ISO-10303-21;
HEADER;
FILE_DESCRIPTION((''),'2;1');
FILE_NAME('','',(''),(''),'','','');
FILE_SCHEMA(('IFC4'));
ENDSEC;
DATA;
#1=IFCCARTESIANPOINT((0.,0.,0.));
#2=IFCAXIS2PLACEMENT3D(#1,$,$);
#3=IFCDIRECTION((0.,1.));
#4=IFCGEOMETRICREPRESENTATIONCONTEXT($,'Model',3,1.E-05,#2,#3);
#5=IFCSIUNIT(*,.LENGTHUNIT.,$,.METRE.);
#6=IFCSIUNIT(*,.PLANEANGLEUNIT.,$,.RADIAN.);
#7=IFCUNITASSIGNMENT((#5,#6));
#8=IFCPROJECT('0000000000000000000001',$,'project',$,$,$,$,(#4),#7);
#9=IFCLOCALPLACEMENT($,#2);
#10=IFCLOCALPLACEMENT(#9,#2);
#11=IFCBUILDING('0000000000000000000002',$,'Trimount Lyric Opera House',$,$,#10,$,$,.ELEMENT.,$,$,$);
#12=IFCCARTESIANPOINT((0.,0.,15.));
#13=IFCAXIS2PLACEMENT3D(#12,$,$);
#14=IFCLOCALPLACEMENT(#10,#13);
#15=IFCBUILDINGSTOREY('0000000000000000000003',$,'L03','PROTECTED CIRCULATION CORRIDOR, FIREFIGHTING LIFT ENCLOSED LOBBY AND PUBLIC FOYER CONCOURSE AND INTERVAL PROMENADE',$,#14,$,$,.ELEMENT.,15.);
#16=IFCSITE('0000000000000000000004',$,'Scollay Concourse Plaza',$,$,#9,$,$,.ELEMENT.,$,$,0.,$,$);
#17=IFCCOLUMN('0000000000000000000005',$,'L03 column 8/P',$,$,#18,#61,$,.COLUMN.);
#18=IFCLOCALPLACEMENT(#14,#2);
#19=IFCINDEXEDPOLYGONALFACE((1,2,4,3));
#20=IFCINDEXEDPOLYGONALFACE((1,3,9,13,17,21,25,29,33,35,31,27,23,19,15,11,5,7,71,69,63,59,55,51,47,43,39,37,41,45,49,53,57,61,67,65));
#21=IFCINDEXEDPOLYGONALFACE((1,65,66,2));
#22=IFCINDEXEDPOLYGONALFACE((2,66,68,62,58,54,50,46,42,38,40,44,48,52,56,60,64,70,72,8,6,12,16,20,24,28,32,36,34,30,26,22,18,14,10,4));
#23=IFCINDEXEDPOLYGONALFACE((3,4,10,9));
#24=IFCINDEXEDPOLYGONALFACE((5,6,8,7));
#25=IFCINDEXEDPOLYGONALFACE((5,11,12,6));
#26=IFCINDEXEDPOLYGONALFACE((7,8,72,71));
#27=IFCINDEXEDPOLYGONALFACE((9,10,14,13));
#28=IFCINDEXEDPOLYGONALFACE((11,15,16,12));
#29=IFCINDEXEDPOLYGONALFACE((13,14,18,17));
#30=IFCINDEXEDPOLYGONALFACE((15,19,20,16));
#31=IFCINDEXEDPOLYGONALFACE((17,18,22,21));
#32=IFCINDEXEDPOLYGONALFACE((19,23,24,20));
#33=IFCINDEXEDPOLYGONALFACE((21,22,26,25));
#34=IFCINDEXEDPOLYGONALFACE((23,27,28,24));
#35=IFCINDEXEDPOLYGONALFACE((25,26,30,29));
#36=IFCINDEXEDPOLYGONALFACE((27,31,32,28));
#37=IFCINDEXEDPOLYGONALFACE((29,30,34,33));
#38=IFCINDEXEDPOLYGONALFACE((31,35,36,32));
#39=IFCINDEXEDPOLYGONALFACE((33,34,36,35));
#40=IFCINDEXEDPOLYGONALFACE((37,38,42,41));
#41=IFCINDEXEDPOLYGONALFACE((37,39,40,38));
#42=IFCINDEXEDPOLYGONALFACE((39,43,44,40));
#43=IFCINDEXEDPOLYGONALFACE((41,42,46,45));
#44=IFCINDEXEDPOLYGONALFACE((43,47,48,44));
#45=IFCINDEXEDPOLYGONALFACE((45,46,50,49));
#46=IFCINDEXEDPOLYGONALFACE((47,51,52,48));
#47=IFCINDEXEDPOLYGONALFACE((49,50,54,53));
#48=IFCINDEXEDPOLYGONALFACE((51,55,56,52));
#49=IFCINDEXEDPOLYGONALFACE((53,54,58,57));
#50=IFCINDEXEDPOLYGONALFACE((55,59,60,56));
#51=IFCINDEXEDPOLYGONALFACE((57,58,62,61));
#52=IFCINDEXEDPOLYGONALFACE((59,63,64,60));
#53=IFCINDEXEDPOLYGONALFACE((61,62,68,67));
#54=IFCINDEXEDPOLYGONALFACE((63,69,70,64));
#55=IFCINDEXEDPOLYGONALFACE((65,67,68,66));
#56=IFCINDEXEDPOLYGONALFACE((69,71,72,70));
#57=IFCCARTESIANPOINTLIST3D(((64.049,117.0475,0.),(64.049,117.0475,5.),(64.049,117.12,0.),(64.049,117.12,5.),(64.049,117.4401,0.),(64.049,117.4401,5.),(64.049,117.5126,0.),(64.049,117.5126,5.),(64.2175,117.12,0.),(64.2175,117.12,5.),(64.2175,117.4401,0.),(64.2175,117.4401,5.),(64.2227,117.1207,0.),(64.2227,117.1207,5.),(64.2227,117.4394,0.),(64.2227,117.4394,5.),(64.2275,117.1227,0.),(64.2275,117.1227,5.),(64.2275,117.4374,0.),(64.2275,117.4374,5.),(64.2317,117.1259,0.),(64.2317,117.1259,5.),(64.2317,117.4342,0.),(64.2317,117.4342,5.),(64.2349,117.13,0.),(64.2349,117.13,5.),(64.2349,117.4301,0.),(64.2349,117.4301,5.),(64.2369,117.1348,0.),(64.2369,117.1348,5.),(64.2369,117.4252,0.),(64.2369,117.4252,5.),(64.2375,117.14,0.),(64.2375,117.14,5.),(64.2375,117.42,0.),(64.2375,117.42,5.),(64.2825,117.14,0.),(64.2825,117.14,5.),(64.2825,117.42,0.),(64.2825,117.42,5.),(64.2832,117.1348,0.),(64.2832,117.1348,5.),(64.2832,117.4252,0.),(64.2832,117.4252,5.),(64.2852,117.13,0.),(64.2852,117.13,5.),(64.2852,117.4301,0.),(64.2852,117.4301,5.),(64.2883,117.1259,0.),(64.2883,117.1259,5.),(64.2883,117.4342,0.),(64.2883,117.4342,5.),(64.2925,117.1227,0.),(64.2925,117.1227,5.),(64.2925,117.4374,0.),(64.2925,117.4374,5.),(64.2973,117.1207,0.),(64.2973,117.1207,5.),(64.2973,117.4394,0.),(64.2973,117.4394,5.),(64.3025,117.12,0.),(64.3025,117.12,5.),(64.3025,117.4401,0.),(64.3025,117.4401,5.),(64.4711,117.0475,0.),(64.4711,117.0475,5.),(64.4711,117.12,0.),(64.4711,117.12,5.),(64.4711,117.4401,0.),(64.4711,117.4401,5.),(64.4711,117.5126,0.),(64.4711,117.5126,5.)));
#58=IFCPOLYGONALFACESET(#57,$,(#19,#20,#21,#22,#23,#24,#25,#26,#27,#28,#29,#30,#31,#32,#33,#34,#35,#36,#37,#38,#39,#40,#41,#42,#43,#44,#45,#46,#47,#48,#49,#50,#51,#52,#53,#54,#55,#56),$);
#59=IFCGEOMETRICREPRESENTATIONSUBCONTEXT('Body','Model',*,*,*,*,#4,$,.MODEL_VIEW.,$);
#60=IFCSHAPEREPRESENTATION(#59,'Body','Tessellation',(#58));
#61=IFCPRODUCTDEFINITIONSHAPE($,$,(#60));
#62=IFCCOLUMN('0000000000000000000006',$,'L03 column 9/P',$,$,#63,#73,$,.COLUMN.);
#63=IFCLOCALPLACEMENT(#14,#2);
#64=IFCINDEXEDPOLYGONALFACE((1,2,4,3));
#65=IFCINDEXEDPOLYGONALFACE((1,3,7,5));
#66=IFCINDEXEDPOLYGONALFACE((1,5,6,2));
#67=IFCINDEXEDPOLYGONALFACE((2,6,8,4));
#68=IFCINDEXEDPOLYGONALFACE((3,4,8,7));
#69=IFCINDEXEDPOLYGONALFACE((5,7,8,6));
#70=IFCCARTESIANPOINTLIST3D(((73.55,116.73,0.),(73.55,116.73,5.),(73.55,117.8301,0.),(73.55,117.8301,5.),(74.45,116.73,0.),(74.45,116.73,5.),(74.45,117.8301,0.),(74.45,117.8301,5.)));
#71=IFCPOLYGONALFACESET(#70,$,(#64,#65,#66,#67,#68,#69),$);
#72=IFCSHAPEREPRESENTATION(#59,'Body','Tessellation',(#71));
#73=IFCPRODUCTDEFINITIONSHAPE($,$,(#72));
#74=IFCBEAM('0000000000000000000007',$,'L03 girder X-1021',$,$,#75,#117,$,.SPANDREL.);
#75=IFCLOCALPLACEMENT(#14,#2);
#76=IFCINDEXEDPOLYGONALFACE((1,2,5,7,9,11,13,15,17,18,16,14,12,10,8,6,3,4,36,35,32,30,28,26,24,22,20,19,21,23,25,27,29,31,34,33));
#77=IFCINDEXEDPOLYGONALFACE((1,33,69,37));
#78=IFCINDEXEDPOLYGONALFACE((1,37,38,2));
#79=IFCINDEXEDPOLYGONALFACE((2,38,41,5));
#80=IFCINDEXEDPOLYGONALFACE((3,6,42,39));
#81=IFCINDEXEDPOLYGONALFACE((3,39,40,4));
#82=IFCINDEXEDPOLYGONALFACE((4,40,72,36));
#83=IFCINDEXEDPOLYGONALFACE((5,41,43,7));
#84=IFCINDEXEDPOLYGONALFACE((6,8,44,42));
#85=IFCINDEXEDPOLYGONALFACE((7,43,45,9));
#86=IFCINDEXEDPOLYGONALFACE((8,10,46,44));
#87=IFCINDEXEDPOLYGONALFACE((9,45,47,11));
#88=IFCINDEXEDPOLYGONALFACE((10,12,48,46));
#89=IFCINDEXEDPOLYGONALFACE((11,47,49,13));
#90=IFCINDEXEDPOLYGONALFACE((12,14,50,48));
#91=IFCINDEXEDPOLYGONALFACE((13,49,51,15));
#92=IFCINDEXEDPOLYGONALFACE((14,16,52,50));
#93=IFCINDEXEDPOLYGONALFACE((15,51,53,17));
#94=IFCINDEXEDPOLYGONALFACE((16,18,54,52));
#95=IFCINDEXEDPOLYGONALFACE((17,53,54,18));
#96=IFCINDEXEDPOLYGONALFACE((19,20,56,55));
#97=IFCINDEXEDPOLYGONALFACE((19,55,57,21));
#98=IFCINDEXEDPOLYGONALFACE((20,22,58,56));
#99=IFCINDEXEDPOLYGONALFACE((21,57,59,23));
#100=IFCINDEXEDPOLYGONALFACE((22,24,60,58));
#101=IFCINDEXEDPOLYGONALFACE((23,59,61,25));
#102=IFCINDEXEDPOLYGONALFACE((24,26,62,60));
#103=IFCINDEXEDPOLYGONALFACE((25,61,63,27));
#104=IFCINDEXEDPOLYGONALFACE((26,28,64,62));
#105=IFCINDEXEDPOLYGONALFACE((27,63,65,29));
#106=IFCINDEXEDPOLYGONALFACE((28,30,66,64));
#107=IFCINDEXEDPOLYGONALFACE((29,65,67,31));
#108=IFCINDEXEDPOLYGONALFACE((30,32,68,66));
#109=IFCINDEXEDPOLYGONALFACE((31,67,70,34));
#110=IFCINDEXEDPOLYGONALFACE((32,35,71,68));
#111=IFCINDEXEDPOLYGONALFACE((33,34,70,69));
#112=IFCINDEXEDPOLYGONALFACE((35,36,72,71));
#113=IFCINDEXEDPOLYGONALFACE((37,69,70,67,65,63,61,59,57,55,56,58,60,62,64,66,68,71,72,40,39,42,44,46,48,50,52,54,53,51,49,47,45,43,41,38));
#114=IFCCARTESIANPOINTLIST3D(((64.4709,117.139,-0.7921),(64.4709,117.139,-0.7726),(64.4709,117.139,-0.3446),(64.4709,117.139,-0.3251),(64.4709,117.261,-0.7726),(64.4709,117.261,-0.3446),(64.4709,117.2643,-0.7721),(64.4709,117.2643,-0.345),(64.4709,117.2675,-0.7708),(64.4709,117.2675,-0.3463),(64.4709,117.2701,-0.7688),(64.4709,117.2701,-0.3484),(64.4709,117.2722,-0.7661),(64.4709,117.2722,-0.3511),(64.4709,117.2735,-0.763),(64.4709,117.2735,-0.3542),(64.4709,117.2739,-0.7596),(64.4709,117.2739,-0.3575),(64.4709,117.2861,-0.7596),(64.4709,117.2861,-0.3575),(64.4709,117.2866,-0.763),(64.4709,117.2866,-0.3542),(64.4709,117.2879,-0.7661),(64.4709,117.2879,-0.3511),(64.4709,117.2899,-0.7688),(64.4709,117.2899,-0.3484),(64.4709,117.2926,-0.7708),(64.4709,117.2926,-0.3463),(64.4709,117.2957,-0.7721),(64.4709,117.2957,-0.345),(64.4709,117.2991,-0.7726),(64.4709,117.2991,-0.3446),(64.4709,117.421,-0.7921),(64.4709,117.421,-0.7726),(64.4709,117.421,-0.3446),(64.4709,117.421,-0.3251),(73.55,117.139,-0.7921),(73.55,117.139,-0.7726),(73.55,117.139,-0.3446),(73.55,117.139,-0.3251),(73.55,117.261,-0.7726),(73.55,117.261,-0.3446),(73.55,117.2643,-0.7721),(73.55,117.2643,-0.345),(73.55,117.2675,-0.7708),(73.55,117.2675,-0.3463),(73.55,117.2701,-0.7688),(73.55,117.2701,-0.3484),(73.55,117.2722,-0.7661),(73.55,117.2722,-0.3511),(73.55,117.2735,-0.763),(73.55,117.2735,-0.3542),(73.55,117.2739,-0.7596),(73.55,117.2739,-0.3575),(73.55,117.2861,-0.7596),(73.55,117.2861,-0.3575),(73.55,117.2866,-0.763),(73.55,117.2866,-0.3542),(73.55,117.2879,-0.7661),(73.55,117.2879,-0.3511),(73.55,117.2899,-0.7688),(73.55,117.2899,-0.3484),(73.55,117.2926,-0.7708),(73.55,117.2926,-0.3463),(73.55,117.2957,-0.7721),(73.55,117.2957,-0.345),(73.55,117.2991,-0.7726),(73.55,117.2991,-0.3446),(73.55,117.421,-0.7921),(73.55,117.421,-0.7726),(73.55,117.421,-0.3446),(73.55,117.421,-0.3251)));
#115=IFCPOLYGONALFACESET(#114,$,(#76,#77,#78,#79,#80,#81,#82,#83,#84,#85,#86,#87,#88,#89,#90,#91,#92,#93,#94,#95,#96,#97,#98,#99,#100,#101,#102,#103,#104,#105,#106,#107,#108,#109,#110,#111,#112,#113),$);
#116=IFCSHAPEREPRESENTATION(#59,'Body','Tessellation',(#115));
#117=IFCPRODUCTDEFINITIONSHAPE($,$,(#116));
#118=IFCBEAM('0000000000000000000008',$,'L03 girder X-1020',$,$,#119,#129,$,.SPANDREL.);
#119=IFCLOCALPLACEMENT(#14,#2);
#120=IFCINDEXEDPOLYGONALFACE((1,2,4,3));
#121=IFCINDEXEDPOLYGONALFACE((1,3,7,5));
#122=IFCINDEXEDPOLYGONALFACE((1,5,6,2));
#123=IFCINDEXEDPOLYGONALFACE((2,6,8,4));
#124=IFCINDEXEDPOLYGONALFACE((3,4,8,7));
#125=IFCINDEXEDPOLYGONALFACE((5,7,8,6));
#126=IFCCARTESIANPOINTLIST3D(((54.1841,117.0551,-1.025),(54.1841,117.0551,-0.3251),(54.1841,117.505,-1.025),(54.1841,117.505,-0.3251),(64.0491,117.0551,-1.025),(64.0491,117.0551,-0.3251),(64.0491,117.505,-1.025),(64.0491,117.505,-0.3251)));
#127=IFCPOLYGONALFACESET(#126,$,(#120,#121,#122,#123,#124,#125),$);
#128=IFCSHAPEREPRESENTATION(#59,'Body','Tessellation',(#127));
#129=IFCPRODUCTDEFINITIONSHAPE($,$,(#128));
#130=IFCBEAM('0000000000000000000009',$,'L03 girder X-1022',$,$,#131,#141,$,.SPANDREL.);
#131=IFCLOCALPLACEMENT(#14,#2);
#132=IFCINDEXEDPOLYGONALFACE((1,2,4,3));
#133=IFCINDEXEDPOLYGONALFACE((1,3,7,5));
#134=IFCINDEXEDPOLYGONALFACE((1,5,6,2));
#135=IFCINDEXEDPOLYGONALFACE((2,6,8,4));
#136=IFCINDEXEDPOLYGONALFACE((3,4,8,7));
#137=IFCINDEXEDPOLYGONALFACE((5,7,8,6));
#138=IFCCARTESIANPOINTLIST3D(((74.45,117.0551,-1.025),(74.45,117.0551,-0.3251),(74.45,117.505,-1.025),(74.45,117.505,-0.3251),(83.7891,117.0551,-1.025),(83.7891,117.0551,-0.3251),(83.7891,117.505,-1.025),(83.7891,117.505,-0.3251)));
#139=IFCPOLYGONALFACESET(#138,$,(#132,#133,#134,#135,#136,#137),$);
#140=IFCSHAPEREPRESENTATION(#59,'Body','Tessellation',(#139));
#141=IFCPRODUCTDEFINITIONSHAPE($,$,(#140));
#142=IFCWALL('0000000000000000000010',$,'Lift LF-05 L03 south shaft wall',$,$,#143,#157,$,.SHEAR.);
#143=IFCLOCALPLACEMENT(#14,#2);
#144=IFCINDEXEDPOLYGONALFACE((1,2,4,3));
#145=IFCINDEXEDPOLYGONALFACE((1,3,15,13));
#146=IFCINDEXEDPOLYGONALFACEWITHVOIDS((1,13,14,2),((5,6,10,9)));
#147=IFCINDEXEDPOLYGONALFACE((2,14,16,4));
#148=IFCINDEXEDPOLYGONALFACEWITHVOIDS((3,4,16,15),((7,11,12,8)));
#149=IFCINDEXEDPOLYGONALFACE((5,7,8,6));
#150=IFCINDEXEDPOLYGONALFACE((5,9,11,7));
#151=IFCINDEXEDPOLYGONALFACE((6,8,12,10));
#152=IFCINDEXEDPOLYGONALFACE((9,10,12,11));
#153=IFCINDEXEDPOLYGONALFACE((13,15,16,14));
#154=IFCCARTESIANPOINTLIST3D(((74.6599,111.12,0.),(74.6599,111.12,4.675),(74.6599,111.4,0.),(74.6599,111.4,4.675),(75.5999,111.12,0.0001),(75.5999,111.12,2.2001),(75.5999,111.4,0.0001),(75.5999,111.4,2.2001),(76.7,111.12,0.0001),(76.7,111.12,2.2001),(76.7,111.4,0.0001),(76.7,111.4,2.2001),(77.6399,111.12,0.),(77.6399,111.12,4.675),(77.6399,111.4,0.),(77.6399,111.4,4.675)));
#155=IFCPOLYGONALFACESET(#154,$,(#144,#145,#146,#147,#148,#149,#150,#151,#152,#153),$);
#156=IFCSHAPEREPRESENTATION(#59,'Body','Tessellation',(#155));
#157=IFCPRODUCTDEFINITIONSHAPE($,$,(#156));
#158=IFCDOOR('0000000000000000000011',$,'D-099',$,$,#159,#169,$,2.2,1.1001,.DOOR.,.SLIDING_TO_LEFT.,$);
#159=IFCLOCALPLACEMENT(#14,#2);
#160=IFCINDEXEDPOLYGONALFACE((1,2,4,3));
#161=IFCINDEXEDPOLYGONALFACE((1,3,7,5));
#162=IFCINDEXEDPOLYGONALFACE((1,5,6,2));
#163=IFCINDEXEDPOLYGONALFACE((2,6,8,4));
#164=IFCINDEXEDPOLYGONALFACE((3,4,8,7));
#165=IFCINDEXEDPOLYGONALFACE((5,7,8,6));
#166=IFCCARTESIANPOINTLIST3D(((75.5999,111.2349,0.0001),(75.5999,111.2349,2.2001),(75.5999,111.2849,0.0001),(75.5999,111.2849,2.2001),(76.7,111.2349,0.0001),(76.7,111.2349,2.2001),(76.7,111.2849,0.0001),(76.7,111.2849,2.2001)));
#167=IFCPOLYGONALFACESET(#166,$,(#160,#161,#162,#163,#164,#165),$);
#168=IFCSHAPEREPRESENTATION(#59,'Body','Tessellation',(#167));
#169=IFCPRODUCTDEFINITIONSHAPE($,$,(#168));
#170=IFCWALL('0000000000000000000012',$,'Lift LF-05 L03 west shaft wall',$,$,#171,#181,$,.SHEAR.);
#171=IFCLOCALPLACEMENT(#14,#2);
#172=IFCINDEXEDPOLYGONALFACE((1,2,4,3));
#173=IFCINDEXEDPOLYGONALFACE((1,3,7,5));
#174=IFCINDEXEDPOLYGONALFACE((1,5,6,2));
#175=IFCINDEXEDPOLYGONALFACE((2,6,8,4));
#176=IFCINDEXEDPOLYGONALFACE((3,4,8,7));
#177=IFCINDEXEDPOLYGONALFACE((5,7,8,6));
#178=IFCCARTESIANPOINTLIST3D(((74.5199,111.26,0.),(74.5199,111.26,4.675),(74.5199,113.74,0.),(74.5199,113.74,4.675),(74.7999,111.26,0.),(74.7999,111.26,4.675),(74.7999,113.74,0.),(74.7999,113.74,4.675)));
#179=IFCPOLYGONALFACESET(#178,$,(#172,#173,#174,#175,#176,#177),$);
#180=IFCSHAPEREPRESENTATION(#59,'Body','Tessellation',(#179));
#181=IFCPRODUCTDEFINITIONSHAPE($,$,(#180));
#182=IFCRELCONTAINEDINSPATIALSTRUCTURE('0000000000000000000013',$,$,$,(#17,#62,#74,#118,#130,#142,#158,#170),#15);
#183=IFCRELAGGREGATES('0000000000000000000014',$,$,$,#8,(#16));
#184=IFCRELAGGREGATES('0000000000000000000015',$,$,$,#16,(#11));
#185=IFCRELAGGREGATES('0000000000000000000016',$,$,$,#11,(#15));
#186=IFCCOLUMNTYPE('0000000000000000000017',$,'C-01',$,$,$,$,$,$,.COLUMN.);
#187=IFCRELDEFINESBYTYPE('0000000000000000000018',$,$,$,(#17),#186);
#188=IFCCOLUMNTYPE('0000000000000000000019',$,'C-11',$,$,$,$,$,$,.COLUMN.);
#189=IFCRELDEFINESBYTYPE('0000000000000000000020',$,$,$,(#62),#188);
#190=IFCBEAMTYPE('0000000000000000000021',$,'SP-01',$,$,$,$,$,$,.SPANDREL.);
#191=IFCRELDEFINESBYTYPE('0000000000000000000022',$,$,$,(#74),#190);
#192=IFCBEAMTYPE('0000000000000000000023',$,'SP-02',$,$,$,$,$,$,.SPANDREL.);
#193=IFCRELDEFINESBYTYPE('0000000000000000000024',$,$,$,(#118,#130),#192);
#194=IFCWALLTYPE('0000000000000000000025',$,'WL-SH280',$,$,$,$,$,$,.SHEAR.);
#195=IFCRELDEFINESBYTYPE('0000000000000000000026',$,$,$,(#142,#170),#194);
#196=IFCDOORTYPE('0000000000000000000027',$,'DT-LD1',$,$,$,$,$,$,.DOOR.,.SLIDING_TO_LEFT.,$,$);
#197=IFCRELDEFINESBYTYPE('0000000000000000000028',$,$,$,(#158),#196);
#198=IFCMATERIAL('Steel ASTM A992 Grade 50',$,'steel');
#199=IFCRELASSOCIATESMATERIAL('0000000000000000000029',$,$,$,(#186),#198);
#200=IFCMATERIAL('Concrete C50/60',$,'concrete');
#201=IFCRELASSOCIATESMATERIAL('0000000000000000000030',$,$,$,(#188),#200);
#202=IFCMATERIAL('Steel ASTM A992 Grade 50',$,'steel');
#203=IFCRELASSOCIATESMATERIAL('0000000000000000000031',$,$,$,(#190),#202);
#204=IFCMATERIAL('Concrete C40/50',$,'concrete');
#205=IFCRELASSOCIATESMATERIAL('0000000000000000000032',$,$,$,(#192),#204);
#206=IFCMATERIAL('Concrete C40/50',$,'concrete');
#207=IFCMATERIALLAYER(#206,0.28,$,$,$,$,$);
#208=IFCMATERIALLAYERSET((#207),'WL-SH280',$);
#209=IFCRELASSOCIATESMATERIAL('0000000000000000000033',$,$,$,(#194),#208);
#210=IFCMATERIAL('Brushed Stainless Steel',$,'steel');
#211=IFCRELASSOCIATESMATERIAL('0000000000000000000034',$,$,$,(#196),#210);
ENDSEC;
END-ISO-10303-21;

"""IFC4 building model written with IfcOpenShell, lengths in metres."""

from ifc_helpers import new_model, si_unit, direction, frame, frame_2d, origin, origin_2d, place, context, subcontext, project, spatial, rectangle, i_section, extrude, material, layer, layer_set, material_profile, profile_set, type_object, element, fill, save


model = new_model("IFC4")

# Units and contexts
model_context = context("Model", 3, precision=1e-05, world=origin(), true_north=direction((0.0, 1.0)))
body_context = subcontext(model_context, "Body", "Model", "MODEL_VIEW")
ifc_project = project(units=[si_unit("LENGTHUNIT", "METRE"), si_unit("PLANEANGLEUNIT", "RADIAN")], contexts=[model_context])

# Site, building, storey
site_placement = place(None, origin())
site = spatial("IfcSite", under=ifc_project, at=site_placement, Name="Scollay Concourse Plaza", CompositionType="ELEMENT", RefElevation=0.0)
building_placement = place(site_placement, origin())
building = spatial("IfcBuilding", under=site, at=building_placement, Name="Trimount Lyric Opera House", CompositionType="ELEMENT")
storey_placement = place(building_placement, frame((0.0, 0.0, 15.0)))
storey = spatial("IfcBuildingStorey", under=building, at=storey_placement, Name="L03", Description="PROTECTED CIRCULATION CORRIDOR, FIREFIGHTING LIFT ENCLOSED LOBBY AND PUBLIC FOYER CONCOURSE AND INTERVAL PROMENADE", CompositionType="ELEMENT", Elevation=15.0)

# Columns
ifc_material_1 = material(Name="Steel ASTM A992 Grade 50", Category="steel")
ifc_material_profile_1 = material_profile(ifc_material_1, i_section(OverallWidth=0.4221, OverallDepth=0.4651, WebThickness=0.0449, FlangeThickness=0.0725, FilletRadius=0.02, at=origin_2d()), Name="W14X398")
ifc_profile_set_1 = profile_set([ifc_material_profile_1], Name="Steel ASTM A992 Grade 50")
column_type_1 = type_object("IfcColumnType", Name="C-01", PredefinedType="COLUMN", material=ifc_profile_set_1)
column_1_placement = place(storey_placement, frame((64.26, 117.28, 0.0), z_axis=(0.0, 0.0, 1.0), x_axis=(1.0, 0.0, 0.0)))
element("IfcColumn", 1, at=column_1_placement, inside=storey, type_object=column_type_1, Name="L03 column 8/P", PredefinedType="COLUMN", context=body_context, shape_type="SweptSolid", body=[
    extrude(i_section(OverallWidth=0.4221, OverallDepth=0.4651, WebThickness=0.0449, FlangeThickness=0.0725, FilletRadius=0.02, at=origin_2d()), origin(), (0.0, 0.0, 1.0), 5.0),
])
ifc_material_2 = material(Name="Concrete C50/60", Category="concrete")
ifc_material_profile_2 = material_profile(ifc_material_2, rectangle(XDim=0.8999, YDim=1.1001, at=origin_2d()), Name="RC1100X900")
ifc_profile_set_2 = profile_set([ifc_material_profile_2], Name="Concrete C50/60")
column_type_2 = type_object("IfcColumnType", Name="C-11", PredefinedType="COLUMN", material=ifc_profile_set_2)
column_2_placement = place(storey_placement, frame((74.0, 117.28, 0.0), z_axis=(0.0, 0.0, 1.0), x_axis=(1.0, 0.0, 0.0)))
element("IfcColumn", 2, at=column_2_placement, inside=storey, type_object=column_type_2, Name="L03 column 9/P", PredefinedType="COLUMN", context=body_context, shape_type="SweptSolid", body=[
    extrude(rectangle(XDim=0.8999, YDim=1.1001, at=origin_2d()), origin(), (0.0, 0.0, 1.0), 5.0),
])

# Beams
ifc_material_3 = material(Name="Steel ASTM A992 Grade 50", Category="steel")
ifc_material_profile_3 = material_profile(ifc_material_3, i_section(OverallWidth=0.282, OverallDepth=0.467, WebThickness=0.0122, FlangeThickness=0.0195, FilletRadius=0.0129, at=origin_2d()), Name="W18X86")
ifc_profile_set_3 = profile_set([ifc_material_profile_3], Name="Steel ASTM A992 Grade 50")
beam_type_1 = type_object("IfcBeamType", Name="SP-01", PredefinedType="SPANDREL", material=ifc_profile_set_3)
beam_1_placement = place(storey_placement, frame((64.4709, 117.28, -0.5586), z_axis=(1.0, 0.0, 0.0), x_axis=(0.0, 1.0, 0.0)))
element("IfcBeam", 3, at=beam_1_placement, inside=storey, type_object=beam_type_1, Name="L03 girder X-1021", PredefinedType="SPANDREL", context=body_context, shape_type="SweptSolid", body=[
    extrude(i_section(OverallWidth=0.282, OverallDepth=0.467, WebThickness=0.0122, FlangeThickness=0.0195, FilletRadius=0.0129, at=origin_2d()), origin(), (0.0, 0.0, 1.0), 9.0791),
])
ifc_material_4 = material(Name="Concrete C40/50", Category="concrete")
ifc_material_profile_4 = material_profile(ifc_material_4, rectangle(XDim=0.45, YDim=0.7, at=origin_2d()), Name="RC450X700")
ifc_profile_set_4 = profile_set([ifc_material_profile_4], Name="Concrete C40/50")
beam_type_2 = type_object("IfcBeamType", Name="SP-02", PredefinedType="SPANDREL", material=ifc_profile_set_4)
beam_2_placement = place(storey_placement, frame((54.1841, 117.28, -0.675), z_axis=(1.0, 0.0, 0.0), x_axis=(0.0, 1.0, 0.0)))
element("IfcBeam", 4, at=beam_2_placement, inside=storey, type_object=beam_type_2, Name="L03 girder X-1020", PredefinedType="SPANDREL", context=body_context, shape_type="SweptSolid", body=[
    extrude(rectangle(XDim=0.45, YDim=0.7, at=origin_2d()), origin(), (0.0, 0.0, 1.0), 9.865),
])
beam_3_placement = place(storey_placement, frame((74.45, 117.28, -0.675), z_axis=(1.0, 0.0, 0.0), x_axis=(0.0, 1.0, 0.0)))
element("IfcBeam", 5, at=beam_3_placement, inside=storey, type_object=beam_type_2, Name="L03 girder X-1022", PredefinedType="SPANDREL", context=body_context, shape_type="SweptSolid", body=[
    extrude(rectangle(XDim=0.45, YDim=0.7, at=origin_2d()), origin(), (0.0, 0.0, 1.0), 9.3391),
])

# Wall, opening, door
ifc_material_5 = material(Name="Concrete C40/50", Category="concrete")
ifc_layer_1 = layer(ifc_material_5, 0.28)
ifc_layer_set_1 = layer_set([ifc_layer_1], Name="WL-SH280")
wall_type_1 = type_object("IfcWallType", Name="WL-SH280", PredefinedType="SHEAR", material=ifc_layer_set_1)
wall_1_placement = place(storey_placement, frame((74.6599, 111.26, 0.0), z_axis=(0.0, 0.0, 1.0), x_axis=(1.0, 0.0, 0.0)))
wall_1 = element("IfcWall", 6, at=wall_1_placement, inside=storey, type_object=wall_type_1, Name="Lift LF-05 L03 south shaft wall", PredefinedType="SHEAR", context=body_context, shape_type="SweptSolid", body=[
    extrude(rectangle(XDim=2.98, YDim=0.28, at=frame_2d((1.49, 0.0))), origin(), (0.0, 0.0, 1.0), 4.675),
])
opening_placement = place(wall_1_placement, frame((0.9399, 0.0, 0.0)))
opening = element("IfcOpeningElement", 7, at=opening_placement, cuts=wall_1, PredefinedType="OPENING", context=body_context, shape_type="SweptSolid", body=[
    extrude(rectangle(XDim=1.1001, YDim=2.2, at=frame_2d((0.55, 1.1001))), frame((0.0, 0.1499, 0.0), z_axis=(0.0, -1.0, 0.0), x_axis=(1.0, 0.0, 0.0)), (0.0, 0.0, 1.0), 0.3),
])
ifc_material_6 = material(Name="Brushed Stainless Steel", Category="steel")
door_type = type_object("IfcDoorType", Name="DT-LD1", OperationType="SLIDING_TO_LEFT", PredefinedType="DOOR", material=ifc_material_6)
door_placement = place(opening_placement, origin())
door = element("IfcDoor", 8, at=door_placement, inside=storey, type_object=door_type, Name="D-099", OperationType="SLIDING_TO_LEFT", OverallHeight=2.2, OverallWidth=1.1001, PredefinedType="DOOR", context=body_context, shape_type="SweptSolid", body=[
    extrude(rectangle(XDim=1.1001, YDim=2.2, at=frame_2d((0.55, 1.1001))), frame((0.0, 0.0249, 0.0), z_axis=(0.0, -1.0, 0.0), x_axis=(1.0, 0.0, 0.0)), (0.0, 0.0, 1.0), 0.05),
])
fill(opening, door)

# Wall
wall_2_placement = place(storey_placement, frame((74.6599, 113.74, 0.0), z_axis=(0.0, 0.0, 1.0), x_axis=(0.0, -1.0, 0.0)))
element("IfcWall", 9, at=wall_2_placement, inside=storey, type_object=wall_type_1, Name="Lift LF-05 L03 west shaft wall", PredefinedType="SHEAR", context=body_context, shape_type="SweptSolid", body=[
    extrude(rectangle(XDim=2.48, YDim=0.28, at=frame_2d((1.24, 0.0))), origin(), (0.0, 0.0, 1.0), 4.675),
])

save(model, "model.ifc")
